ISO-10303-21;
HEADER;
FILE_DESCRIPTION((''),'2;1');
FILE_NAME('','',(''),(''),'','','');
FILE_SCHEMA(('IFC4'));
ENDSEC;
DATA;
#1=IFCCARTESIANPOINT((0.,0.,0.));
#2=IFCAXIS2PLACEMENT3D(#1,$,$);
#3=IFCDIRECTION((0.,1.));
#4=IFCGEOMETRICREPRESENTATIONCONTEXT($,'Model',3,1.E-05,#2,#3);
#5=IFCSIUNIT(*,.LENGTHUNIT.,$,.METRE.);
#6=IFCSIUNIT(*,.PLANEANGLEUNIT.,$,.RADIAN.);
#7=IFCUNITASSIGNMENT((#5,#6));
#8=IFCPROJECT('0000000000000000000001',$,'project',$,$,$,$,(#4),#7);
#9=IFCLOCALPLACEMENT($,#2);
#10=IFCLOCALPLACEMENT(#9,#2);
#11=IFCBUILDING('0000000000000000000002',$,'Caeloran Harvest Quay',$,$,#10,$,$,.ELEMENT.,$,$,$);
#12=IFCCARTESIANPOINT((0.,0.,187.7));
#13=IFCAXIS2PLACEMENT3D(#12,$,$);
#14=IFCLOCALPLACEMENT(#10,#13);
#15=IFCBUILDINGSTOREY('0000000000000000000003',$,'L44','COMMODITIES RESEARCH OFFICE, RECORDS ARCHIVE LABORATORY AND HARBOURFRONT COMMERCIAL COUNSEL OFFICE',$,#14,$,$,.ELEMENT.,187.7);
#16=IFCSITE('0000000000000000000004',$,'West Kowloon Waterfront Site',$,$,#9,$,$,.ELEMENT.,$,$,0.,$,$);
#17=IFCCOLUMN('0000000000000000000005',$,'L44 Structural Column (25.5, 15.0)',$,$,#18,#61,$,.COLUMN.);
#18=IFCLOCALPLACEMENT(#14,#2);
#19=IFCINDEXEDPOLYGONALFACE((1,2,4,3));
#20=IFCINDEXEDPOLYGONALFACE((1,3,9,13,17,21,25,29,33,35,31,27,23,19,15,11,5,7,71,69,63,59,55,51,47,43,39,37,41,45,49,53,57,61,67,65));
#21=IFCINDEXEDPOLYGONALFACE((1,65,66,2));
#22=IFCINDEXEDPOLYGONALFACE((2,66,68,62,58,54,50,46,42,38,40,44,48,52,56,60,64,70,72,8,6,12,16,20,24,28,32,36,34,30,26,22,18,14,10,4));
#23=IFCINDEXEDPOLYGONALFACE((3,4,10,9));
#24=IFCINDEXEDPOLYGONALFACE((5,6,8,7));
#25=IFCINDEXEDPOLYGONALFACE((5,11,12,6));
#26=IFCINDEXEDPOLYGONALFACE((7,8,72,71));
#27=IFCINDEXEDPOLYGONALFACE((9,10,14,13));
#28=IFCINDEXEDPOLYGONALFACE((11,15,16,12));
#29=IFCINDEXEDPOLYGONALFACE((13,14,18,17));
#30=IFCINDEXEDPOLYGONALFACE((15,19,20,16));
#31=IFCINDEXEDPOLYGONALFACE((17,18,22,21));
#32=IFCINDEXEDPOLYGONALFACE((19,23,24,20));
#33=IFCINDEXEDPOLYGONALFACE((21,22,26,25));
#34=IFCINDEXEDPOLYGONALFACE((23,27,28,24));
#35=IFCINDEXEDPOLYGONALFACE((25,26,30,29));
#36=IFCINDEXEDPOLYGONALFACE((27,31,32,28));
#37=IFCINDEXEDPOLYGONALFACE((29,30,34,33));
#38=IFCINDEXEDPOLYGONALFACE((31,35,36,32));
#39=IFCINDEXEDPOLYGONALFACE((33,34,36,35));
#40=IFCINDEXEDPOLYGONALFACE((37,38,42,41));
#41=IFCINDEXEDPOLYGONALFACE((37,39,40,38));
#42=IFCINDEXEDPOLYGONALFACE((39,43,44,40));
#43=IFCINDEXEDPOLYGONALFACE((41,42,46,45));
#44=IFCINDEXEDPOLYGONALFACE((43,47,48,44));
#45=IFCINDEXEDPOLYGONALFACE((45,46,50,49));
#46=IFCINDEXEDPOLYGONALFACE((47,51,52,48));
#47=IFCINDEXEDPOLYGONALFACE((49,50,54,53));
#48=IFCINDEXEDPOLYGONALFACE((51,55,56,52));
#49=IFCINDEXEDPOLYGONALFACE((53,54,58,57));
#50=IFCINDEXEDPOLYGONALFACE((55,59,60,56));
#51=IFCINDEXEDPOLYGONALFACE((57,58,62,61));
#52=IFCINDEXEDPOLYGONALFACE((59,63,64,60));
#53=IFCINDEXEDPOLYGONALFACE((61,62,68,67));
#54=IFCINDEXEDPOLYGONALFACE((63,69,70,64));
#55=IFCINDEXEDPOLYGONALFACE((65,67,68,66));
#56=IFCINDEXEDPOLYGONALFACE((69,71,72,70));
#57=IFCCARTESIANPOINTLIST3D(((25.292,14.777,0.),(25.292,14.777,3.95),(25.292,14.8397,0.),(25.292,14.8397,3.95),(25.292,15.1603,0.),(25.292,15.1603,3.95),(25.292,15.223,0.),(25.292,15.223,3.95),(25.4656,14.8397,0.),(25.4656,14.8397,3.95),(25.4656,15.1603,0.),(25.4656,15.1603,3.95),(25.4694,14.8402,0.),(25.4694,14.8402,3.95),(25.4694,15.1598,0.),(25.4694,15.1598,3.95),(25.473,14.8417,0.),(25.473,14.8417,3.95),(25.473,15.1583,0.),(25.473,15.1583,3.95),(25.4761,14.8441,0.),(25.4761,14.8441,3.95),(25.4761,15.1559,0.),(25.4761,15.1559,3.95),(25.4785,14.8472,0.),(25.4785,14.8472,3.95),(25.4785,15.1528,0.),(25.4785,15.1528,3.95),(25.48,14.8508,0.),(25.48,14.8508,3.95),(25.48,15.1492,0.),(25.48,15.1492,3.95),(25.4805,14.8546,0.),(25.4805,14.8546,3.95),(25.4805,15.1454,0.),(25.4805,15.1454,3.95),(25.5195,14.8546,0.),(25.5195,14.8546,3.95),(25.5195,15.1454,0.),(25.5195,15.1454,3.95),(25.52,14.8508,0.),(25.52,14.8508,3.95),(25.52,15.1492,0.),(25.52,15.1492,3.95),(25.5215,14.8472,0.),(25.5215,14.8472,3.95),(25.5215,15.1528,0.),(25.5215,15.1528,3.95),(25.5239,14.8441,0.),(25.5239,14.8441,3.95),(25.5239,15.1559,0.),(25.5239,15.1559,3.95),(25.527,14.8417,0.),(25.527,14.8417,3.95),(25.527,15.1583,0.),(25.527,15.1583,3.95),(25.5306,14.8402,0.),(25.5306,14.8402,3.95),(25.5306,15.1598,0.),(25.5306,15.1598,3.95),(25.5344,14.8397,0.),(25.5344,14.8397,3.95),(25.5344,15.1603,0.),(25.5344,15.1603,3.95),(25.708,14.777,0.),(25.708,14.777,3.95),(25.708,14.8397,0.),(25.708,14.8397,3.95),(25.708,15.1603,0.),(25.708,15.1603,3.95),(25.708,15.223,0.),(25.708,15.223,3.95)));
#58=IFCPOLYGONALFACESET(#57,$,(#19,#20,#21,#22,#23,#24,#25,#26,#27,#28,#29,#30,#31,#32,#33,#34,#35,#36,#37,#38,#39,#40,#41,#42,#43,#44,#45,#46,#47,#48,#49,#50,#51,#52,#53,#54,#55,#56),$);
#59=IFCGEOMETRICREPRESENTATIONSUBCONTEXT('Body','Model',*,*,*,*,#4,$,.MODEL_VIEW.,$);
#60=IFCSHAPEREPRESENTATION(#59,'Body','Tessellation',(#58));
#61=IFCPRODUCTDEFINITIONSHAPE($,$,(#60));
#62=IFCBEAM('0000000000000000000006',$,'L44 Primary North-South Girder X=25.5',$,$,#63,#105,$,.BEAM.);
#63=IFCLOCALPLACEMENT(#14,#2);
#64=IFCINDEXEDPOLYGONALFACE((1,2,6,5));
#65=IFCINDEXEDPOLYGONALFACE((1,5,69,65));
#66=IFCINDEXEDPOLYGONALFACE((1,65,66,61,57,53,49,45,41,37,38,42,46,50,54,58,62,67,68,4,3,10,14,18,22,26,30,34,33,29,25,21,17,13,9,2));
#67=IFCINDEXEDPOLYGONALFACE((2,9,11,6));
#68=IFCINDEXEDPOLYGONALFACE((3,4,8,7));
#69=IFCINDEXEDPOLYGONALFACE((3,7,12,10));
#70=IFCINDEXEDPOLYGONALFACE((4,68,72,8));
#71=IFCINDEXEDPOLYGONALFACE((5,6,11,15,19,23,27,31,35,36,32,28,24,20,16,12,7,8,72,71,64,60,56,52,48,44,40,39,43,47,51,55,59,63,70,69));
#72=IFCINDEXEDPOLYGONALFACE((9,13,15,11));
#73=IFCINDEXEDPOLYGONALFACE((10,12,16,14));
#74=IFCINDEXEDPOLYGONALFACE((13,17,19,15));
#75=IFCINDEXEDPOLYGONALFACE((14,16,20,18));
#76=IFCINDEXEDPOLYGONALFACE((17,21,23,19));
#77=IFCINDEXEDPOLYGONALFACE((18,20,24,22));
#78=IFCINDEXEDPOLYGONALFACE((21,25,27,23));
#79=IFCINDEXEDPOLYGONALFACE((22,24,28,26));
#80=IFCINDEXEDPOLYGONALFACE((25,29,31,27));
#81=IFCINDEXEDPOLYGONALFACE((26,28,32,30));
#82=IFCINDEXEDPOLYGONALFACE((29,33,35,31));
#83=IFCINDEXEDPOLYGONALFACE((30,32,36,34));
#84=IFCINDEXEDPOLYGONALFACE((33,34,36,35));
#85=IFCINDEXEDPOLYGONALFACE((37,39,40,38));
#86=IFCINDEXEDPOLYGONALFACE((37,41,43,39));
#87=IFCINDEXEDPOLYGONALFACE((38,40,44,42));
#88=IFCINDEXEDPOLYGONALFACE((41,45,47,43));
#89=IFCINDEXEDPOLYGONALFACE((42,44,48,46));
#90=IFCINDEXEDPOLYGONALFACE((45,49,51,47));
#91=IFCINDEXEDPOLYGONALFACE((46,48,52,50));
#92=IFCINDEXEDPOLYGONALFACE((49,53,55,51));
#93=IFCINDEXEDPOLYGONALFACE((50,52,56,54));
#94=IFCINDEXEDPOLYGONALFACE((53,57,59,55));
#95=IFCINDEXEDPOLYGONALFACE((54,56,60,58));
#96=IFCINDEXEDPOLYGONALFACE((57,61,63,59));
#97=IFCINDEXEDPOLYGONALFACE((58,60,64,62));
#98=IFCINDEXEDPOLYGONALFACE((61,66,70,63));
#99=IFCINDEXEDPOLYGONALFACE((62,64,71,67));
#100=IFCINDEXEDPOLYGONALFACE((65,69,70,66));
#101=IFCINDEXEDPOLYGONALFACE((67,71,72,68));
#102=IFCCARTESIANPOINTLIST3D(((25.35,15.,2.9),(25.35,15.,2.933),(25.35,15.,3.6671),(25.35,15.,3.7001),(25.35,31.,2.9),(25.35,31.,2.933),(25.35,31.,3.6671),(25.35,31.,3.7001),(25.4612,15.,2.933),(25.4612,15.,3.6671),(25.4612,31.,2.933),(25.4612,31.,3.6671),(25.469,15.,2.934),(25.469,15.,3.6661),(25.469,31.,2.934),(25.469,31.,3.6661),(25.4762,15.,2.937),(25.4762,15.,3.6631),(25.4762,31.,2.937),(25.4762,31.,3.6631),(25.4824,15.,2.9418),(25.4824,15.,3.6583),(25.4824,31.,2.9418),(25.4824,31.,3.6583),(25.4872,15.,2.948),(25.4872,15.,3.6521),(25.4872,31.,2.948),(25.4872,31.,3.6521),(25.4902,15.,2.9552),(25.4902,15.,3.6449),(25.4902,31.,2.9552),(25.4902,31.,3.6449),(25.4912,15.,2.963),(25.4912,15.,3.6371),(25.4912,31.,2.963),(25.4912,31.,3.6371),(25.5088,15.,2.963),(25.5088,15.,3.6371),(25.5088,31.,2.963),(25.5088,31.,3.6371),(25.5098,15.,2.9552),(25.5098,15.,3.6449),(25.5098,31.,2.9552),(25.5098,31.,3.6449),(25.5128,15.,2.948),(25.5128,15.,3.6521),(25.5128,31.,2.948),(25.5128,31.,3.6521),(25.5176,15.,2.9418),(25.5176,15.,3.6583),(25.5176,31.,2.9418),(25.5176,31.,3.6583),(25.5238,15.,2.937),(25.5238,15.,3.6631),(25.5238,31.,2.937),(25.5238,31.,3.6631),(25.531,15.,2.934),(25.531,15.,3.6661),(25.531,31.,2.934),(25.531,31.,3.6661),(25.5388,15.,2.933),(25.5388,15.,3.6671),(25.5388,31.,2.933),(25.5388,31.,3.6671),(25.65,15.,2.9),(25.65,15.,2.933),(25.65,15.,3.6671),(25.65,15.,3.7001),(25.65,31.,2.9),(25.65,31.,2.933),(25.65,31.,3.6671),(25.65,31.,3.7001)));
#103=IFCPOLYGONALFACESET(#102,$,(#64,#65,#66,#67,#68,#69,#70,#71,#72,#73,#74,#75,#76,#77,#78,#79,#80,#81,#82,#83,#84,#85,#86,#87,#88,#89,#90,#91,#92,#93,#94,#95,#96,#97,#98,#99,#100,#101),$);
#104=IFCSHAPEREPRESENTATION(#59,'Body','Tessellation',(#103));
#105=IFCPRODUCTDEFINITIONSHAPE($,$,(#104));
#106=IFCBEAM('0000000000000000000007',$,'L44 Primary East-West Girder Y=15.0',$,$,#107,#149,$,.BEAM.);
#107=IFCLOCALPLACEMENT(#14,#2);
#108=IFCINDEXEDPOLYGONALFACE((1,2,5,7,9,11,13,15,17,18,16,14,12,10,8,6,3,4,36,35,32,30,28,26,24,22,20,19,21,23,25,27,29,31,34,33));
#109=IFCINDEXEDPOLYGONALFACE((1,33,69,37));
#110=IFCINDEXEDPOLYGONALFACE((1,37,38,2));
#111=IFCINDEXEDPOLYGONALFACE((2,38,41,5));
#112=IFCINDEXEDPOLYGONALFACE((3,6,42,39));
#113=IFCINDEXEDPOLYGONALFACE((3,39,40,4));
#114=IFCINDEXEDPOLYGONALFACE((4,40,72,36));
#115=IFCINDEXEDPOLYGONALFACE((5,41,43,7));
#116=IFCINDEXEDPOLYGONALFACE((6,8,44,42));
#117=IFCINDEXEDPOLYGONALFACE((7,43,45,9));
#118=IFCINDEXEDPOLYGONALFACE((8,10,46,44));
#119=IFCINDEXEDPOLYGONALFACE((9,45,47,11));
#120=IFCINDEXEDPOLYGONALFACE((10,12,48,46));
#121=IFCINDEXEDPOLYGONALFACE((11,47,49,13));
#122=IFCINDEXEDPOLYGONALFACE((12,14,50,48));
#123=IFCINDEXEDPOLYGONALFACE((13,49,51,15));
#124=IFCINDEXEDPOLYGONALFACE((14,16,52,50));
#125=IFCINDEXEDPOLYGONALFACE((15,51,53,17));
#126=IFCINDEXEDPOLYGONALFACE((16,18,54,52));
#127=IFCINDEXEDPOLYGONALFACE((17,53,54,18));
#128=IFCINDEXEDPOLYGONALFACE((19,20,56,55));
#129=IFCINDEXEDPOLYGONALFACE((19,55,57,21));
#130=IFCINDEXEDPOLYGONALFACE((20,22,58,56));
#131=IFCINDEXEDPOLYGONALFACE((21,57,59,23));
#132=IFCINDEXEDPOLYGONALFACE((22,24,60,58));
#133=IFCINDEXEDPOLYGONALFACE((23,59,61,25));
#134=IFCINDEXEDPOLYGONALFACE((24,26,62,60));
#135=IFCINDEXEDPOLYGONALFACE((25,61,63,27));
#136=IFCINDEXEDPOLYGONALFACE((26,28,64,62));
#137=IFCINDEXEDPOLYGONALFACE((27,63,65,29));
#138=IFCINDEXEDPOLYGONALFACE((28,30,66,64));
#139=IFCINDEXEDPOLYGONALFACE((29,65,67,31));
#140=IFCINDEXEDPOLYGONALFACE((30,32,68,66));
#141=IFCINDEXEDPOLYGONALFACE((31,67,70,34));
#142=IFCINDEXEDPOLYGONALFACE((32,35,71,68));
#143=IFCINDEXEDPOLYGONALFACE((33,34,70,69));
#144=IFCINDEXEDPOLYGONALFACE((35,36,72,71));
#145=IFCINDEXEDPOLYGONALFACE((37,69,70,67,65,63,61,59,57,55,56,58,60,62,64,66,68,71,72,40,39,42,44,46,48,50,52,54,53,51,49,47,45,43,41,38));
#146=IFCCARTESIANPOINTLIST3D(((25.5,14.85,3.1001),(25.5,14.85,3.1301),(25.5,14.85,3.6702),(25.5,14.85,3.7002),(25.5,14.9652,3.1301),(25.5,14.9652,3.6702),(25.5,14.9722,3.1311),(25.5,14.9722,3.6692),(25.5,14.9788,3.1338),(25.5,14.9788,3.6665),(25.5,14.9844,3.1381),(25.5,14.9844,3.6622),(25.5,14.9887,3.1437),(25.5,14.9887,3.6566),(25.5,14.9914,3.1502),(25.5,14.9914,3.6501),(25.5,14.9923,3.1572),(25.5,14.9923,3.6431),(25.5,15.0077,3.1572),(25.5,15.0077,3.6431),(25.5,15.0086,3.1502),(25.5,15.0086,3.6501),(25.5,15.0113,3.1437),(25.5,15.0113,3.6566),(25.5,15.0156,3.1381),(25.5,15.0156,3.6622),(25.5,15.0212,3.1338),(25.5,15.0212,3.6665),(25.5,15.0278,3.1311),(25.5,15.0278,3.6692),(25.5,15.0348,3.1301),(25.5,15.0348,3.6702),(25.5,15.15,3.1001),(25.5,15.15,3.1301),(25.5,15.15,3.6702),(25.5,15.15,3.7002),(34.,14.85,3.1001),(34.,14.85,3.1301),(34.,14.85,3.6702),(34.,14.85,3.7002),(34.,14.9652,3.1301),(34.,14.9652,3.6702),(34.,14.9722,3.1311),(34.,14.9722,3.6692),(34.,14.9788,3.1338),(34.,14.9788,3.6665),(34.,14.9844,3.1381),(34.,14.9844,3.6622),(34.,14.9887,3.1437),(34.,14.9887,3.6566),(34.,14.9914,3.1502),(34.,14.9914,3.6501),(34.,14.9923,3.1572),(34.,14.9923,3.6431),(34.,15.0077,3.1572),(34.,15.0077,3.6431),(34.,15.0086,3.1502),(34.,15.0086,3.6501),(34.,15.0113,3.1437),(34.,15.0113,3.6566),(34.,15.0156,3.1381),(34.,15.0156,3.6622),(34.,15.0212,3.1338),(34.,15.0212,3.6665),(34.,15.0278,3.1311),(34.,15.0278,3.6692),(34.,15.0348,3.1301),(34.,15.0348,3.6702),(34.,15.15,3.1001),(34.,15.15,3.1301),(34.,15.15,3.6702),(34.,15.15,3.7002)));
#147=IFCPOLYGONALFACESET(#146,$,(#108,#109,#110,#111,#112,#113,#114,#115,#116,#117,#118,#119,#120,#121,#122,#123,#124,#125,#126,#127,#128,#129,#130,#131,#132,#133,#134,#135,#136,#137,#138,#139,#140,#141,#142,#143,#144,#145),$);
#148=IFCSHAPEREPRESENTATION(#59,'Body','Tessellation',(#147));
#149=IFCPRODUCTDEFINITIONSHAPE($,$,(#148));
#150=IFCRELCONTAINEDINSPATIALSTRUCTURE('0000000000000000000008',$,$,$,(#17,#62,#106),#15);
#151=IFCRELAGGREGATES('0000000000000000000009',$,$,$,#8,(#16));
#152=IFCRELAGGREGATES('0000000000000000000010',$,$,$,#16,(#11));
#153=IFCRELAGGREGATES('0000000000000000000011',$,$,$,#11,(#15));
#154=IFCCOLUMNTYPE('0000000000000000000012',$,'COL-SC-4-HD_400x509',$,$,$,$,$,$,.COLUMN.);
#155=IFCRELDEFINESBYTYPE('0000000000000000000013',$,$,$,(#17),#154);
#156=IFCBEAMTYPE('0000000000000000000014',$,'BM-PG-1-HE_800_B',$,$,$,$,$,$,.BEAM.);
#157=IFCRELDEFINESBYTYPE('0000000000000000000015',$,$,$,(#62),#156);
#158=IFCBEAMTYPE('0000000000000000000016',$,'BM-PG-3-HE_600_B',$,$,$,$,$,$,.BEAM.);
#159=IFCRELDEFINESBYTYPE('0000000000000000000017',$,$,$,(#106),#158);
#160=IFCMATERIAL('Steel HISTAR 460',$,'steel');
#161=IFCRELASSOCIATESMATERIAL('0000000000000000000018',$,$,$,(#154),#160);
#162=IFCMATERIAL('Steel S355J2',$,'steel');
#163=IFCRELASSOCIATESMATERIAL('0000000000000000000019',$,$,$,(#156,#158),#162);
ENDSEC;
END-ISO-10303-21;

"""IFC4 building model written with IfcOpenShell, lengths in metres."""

from ifc_helpers import new_model, si_unit, direction, frame, origin, origin_2d, place, context, subcontext, project, spatial, i_section, extrude, material, material_profile, profile_set, type_object, element, save


model = new_model("IFC4")

# Units and contexts
model_context = context("Model", 3, precision=1e-05, world=origin(), true_north=direction((0.0, 1.0)))
body_context = subcontext(model_context, "Body", "Model", "MODEL_VIEW")
ifc_project = project(units=[si_unit("LENGTHUNIT", "METRE"), si_unit("PLANEANGLEUNIT", "RADIAN")], contexts=[model_context])

# Site, building, storey
site_placement = place(None, origin())
site = spatial("IfcSite", under=ifc_project, at=site_placement, Name="West Kowloon Waterfront Site", CompositionType="ELEMENT", RefElevation=0.0)
building_placement = place(site_placement, origin())
building = spatial("IfcBuilding", under=site, at=building_placement, Name="Caeloran Harvest Quay", CompositionType="ELEMENT")
storey_placement = place(building_placement, frame((0.0, 0.0, 187.7)))
storey = spatial("IfcBuildingStorey", under=building, at=storey_placement, Name="L44", Description="COMMODITIES RESEARCH OFFICE, RECORDS ARCHIVE LABORATORY AND HARBOURFRONT COMMERCIAL COUNSEL OFFICE", CompositionType="ELEMENT", Elevation=187.7)

# Column
ifc_material_1 = material(Name="Steel HISTAR 460", Category="steel")
ifc_material_profile_1 = material_profile(ifc_material_1, i_section(OverallWidth=0.416, OverallDepth=0.446, WebThickness=0.0391, FlangeThickness=0.0627, FilletRadius=0.0149, at=origin_2d()), Name="HD 400x509")
ifc_profile_set_1 = profile_set([ifc_material_profile_1], Name="Steel HISTAR 460")
column_type = type_object("IfcColumnType", Name="COL-SC-4-HD_400x509", PredefinedType="COLUMN", material=ifc_profile_set_1)
column_placement = place(storey_placement, frame((25.5, 15.0, 0.0), z_axis=(0.0, 0.0, 1.0), x_axis=(1.0, 0.0, 0.0)))
element("IfcColumn", 1, at=column_placement, inside=storey, type_object=column_type, Name="L44 Structural Column (25.5, 15.0)", PredefinedType="COLUMN", context=body_context, shape_type="SweptSolid", body=[
    extrude(i_section(OverallWidth=0.416, OverallDepth=0.446, WebThickness=0.0391, FlangeThickness=0.0627, FilletRadius=0.0149, at=origin_2d()), origin(), (0.0, 0.0, 1.0), 3.95),
])

# Beams
ifc_material_2 = material(Name="Steel S355J2", Category="steel")
ifc_material_profile_2 = material_profile(ifc_material_2, i_section(OverallWidth=0.3, OverallDepth=0.8, WebThickness=0.0176, FlangeThickness=0.033, FilletRadius=0.03, at=origin_2d()), Name="HE 800 B")
ifc_profile_set_2 = profile_set([ifc_material_profile_2], Name="Steel S355J2")
beam_type_1 = type_object("IfcBeamType", Name="BM-PG-1-HE_800_B", PredefinedType="BEAM", material=ifc_profile_set_2)
beam_1_placement = place(storey_placement, frame((25.5, 15.0, 3.3), z_axis=(0.0, 1.0, 0.0), x_axis=(-1.0, 0.0, 0.0)))
element("IfcBeam", 2, at=beam_1_placement, inside=storey, type_object=beam_type_1, Name="L44 Primary North-South Girder X=25.5", PredefinedType="BEAM", context=body_context, shape_type="SweptSolid", body=[
    extrude(i_section(OverallWidth=0.3, OverallDepth=0.8, WebThickness=0.0176, FlangeThickness=0.033, FilletRadius=0.03, at=origin_2d()), origin(), (0.0, 0.0, 1.0), 16.0),
])
ifc_material_profile_3 = material_profile(ifc_material_2, i_section(OverallWidth=0.3, OverallDepth=0.6001, WebThickness=0.0154, FlangeThickness=0.03, FilletRadius=0.0271, at=origin_2d()), Name="HE 600 B")
ifc_profile_set_3 = profile_set([ifc_material_profile_3], Name="Steel S355J2")
beam_type_2 = type_object("IfcBeamType", Name="BM-PG-3-HE_600_B", PredefinedType="BEAM", material=ifc_profile_set_3)
beam_2_placement = place(storey_placement, frame((25.5, 15.0, 3.4001), z_axis=(1.0, 0.0, 0.0), x_axis=(0.0, 1.0, 0.0)))
element("IfcBeam", 3, at=beam_2_placement, inside=storey, type_object=beam_type_2, Name="L44 Primary East-West Girder Y=15.0", PredefinedType="BEAM", context=body_context, shape_type="SweptSolid", body=[
    extrude(i_section(OverallWidth=0.3, OverallDepth=0.6001, WebThickness=0.0154, FlangeThickness=0.03, FilletRadius=0.0271, at=origin_2d()), origin(), (0.0, 0.0, 1.0), 8.5),
])

save(model, "model.ifc")
